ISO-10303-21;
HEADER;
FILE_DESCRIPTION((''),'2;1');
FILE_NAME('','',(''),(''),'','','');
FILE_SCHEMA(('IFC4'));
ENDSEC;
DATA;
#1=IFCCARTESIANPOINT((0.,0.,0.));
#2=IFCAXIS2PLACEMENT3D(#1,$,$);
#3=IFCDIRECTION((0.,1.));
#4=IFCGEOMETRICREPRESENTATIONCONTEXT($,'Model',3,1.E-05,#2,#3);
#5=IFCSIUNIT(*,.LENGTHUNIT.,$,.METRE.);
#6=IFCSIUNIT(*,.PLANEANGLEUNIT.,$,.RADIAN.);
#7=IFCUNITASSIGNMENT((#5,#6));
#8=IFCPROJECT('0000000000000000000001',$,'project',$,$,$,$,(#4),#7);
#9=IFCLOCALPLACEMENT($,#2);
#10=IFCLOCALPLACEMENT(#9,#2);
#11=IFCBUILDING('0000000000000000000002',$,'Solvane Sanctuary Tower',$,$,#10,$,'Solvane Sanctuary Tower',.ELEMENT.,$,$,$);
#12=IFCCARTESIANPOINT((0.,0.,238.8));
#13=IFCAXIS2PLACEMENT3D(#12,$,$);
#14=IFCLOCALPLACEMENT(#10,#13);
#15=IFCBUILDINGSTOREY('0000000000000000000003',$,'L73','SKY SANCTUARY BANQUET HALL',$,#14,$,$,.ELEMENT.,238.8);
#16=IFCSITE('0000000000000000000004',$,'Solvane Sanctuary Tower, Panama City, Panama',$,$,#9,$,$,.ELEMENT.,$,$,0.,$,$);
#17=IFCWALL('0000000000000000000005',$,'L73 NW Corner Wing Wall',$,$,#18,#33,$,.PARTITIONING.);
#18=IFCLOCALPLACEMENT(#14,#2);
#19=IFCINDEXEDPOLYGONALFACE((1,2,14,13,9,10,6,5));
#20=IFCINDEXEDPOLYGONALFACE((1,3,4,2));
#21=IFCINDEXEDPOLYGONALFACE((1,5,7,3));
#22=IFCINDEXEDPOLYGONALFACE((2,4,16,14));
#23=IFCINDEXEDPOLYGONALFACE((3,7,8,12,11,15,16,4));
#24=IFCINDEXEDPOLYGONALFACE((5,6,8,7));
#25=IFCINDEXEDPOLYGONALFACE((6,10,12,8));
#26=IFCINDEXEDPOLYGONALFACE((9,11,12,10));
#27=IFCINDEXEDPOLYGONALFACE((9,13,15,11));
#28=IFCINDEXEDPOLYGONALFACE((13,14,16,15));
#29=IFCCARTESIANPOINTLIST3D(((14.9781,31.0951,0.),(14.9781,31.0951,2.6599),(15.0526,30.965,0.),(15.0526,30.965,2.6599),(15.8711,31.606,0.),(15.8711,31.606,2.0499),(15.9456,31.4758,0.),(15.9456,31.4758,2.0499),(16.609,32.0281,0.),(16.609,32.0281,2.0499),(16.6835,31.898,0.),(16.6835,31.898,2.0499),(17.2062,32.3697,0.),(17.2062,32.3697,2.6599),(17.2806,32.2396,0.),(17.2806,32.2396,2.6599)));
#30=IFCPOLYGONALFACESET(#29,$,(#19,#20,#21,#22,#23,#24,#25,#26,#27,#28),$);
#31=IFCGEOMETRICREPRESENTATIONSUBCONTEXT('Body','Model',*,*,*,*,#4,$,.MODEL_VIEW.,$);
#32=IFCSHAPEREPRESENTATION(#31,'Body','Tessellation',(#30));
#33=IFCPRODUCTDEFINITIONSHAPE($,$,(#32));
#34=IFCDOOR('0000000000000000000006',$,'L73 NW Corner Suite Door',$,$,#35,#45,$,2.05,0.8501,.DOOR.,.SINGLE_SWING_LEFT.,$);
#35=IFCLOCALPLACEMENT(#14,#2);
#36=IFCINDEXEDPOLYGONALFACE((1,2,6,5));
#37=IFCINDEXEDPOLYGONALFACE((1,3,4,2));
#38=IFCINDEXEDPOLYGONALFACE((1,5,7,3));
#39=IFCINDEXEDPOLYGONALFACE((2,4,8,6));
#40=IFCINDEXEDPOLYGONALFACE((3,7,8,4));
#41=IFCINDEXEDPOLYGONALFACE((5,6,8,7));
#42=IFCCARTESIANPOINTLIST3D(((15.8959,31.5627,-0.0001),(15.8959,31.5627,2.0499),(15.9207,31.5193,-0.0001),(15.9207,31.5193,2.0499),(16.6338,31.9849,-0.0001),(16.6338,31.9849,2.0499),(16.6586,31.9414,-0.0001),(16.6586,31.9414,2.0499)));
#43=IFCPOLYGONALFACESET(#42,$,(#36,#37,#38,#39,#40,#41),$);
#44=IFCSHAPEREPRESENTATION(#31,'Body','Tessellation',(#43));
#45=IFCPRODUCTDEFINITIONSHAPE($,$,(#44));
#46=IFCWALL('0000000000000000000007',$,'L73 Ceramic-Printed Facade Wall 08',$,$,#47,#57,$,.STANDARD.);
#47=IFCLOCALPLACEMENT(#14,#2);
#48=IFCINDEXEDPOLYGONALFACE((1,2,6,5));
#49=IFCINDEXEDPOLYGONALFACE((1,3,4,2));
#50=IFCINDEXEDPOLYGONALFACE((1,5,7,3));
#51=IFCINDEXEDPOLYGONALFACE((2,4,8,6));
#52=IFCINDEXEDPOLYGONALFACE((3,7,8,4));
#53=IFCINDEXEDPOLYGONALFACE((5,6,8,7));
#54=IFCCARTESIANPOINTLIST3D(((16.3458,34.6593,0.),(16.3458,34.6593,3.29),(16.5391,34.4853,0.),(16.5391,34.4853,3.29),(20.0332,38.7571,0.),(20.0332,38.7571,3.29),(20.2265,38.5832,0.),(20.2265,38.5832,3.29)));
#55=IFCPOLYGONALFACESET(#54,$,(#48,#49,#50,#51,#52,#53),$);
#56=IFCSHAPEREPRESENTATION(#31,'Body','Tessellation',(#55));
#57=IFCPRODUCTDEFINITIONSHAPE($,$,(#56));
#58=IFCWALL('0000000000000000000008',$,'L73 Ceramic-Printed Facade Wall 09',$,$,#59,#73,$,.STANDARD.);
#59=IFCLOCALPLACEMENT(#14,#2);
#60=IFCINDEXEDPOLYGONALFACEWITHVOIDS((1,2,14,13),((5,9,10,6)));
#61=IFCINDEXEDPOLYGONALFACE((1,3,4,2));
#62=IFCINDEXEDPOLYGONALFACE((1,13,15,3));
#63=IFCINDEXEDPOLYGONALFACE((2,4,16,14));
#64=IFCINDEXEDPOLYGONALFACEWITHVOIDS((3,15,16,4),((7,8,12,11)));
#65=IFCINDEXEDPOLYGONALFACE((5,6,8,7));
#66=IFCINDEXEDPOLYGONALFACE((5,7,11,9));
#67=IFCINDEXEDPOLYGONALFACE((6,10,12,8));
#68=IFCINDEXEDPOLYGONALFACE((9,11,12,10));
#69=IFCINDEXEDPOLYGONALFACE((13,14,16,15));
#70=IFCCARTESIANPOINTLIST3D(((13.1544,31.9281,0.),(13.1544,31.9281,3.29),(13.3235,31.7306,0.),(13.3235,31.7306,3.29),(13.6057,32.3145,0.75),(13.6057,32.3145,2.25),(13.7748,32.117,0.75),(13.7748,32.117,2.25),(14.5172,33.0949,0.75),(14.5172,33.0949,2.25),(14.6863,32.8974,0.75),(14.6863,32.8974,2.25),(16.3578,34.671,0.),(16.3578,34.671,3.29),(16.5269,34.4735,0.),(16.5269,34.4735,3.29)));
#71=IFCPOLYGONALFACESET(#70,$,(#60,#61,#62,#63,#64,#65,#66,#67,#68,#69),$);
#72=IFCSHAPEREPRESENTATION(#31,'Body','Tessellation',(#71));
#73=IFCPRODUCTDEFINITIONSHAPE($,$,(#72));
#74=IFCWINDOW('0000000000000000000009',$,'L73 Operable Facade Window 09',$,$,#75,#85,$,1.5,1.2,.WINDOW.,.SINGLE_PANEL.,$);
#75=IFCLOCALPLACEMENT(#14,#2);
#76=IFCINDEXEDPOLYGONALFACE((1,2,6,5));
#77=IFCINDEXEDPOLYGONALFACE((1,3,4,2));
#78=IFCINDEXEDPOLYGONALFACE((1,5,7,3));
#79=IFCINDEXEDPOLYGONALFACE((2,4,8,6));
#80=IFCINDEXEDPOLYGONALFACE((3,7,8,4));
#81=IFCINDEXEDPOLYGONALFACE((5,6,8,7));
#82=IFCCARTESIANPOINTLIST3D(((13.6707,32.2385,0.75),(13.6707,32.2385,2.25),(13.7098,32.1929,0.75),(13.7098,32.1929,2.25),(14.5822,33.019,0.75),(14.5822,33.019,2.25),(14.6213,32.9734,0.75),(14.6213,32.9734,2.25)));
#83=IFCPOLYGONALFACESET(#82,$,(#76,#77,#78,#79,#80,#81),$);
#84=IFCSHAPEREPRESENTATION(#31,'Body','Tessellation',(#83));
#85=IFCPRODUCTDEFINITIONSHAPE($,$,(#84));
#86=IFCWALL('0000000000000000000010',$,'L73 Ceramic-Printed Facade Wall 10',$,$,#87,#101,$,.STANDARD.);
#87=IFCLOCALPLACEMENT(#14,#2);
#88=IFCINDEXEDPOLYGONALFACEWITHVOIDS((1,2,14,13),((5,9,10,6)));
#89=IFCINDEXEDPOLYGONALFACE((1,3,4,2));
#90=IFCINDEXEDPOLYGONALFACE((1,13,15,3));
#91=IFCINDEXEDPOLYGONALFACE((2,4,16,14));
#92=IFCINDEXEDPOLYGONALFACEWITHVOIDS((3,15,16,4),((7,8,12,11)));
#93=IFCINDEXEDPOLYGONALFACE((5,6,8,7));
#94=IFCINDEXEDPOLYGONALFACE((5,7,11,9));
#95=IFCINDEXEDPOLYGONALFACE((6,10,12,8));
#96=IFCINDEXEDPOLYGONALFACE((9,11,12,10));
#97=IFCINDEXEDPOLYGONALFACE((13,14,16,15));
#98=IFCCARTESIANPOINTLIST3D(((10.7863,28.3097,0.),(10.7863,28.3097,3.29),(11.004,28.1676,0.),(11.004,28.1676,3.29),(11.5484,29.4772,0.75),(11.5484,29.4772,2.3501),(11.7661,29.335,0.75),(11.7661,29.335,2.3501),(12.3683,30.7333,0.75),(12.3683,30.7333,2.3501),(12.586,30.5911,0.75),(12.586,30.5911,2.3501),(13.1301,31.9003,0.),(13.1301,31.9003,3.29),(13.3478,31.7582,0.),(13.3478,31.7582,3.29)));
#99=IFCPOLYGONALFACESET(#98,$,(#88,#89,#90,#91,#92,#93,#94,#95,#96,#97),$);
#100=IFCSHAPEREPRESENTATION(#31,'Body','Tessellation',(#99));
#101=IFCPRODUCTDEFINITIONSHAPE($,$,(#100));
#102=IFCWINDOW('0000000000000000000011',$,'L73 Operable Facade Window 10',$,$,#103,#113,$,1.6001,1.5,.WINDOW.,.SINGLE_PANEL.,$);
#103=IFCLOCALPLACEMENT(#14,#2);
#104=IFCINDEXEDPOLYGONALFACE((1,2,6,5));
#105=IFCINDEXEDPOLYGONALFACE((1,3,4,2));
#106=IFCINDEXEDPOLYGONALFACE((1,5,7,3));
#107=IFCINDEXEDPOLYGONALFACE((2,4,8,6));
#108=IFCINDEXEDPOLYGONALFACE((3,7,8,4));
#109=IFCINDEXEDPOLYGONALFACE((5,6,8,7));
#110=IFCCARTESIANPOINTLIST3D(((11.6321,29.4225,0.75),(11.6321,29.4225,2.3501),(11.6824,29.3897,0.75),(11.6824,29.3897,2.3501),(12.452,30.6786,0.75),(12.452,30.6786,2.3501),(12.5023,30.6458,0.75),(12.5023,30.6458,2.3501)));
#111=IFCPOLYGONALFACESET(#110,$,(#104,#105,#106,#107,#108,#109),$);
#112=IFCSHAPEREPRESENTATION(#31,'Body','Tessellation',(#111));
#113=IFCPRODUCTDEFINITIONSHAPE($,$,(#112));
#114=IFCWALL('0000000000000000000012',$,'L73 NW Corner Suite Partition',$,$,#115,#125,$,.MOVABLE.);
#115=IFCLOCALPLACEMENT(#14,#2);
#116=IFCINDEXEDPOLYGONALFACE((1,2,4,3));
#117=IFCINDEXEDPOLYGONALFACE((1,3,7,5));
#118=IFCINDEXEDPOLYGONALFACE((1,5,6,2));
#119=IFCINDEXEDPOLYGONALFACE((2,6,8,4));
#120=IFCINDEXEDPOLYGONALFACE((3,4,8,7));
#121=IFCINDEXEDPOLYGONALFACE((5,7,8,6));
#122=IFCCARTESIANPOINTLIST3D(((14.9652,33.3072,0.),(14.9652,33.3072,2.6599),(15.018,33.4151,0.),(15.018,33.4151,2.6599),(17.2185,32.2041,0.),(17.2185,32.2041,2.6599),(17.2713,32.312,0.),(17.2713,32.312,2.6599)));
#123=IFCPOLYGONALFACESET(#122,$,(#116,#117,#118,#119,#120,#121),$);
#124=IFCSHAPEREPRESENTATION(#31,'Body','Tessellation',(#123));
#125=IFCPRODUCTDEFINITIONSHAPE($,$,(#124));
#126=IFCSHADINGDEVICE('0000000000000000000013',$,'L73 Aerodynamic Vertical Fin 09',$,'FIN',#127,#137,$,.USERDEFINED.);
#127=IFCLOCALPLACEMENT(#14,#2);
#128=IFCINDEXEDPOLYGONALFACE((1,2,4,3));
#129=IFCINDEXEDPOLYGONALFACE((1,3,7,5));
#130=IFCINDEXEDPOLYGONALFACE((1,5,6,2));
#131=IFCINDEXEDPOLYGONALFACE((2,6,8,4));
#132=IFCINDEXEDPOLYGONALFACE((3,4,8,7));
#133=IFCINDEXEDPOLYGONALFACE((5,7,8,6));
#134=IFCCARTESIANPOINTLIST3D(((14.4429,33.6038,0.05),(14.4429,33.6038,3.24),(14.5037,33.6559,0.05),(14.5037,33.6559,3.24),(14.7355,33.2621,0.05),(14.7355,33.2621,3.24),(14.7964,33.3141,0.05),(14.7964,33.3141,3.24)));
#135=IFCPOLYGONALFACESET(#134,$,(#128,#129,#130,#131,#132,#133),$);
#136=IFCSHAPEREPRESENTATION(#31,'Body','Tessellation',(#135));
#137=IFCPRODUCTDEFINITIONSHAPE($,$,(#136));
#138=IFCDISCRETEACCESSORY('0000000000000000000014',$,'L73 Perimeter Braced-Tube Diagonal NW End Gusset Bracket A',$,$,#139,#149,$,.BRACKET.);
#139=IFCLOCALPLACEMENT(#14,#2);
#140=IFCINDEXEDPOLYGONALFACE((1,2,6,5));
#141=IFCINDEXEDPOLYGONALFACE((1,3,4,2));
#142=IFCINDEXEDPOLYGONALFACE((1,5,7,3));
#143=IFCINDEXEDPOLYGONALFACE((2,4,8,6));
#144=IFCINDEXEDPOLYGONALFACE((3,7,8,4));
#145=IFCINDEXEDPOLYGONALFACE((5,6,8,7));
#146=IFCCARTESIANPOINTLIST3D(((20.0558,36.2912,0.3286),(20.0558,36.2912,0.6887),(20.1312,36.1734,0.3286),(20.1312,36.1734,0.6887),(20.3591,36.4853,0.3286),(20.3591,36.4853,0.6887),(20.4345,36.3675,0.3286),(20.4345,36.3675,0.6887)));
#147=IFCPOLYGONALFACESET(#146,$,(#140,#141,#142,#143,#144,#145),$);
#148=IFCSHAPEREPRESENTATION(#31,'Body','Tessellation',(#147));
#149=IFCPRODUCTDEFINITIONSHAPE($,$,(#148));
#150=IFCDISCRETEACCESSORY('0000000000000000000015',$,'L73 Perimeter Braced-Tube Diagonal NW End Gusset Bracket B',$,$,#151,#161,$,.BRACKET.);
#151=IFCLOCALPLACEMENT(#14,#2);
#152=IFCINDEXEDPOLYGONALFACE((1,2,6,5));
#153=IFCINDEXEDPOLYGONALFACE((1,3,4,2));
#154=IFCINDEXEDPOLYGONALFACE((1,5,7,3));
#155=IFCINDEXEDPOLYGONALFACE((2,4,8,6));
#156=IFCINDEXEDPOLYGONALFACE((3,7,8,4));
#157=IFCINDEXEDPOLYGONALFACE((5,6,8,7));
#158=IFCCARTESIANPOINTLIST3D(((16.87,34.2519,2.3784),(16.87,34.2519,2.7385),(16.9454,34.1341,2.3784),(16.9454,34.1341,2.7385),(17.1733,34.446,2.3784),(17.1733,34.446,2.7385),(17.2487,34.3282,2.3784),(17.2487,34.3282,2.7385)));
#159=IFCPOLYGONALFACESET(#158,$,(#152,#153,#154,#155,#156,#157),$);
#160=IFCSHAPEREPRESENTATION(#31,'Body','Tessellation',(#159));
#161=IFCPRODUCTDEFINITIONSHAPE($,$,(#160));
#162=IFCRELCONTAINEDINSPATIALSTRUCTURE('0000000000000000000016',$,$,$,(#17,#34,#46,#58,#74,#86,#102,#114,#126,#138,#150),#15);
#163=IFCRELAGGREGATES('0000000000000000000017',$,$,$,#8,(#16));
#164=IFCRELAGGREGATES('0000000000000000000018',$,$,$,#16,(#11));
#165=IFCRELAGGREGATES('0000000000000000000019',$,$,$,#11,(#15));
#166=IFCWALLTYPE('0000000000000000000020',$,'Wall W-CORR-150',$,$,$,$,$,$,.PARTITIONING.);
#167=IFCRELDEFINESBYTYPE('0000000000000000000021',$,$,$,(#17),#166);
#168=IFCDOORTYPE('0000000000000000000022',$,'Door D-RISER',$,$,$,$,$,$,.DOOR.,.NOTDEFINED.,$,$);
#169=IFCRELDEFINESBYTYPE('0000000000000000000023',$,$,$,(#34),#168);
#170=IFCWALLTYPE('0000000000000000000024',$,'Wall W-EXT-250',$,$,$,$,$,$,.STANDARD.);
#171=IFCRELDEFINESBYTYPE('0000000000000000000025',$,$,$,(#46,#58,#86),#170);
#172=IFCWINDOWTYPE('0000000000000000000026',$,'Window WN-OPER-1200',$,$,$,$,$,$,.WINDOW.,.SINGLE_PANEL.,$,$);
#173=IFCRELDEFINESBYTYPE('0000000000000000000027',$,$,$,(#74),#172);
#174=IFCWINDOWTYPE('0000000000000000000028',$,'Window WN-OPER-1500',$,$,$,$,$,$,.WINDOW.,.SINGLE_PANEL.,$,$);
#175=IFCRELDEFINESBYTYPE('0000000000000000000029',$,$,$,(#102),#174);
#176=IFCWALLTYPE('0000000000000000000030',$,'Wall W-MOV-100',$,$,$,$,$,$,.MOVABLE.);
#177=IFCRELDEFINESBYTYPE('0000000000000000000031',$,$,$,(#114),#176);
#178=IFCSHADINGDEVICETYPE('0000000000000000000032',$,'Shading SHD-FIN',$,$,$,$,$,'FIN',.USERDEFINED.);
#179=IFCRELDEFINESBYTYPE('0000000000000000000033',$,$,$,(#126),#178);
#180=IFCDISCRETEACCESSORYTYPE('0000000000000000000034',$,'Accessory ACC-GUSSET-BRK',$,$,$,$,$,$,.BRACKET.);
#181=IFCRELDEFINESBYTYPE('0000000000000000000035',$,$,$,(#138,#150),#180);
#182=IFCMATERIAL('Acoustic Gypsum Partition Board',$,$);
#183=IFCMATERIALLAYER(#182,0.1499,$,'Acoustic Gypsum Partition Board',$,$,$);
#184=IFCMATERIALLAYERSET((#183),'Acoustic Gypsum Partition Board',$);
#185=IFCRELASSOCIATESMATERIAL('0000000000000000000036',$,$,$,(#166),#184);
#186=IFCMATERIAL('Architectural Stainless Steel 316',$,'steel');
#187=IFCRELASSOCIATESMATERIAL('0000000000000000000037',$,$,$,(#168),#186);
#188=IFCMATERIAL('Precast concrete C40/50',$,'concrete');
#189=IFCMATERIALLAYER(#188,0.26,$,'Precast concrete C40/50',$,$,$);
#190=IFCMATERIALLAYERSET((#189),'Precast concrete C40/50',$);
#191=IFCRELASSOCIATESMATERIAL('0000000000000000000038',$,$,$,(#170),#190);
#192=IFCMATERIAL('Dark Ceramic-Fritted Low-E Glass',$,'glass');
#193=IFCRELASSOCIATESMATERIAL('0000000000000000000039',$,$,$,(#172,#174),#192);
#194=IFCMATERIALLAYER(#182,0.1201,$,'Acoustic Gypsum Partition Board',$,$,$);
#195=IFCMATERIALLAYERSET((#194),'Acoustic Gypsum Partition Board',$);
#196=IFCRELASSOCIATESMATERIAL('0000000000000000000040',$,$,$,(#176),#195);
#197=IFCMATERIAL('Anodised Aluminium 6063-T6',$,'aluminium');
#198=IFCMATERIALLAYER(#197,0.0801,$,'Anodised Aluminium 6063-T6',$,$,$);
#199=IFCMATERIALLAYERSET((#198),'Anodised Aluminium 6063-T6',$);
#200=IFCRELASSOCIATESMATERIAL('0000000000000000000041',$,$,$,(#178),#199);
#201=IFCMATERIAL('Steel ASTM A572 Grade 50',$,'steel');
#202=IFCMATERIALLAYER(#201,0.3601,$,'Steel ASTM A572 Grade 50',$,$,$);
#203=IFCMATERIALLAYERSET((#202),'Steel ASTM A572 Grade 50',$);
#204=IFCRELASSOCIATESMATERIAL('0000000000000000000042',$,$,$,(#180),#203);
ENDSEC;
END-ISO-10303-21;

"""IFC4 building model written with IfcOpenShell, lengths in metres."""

from ifc_helpers import new_model, si_unit, direction, frame, frame_2d, origin, origin_2d, place, context, subcontext, project, spatial, rectangle, extrude, material, layer, layer_set, type_object, element, fill, save


model = new_model("IFC4")

# Units and contexts
model_context = context("Model", 3, precision=1e-05, world=origin(), true_north=direction((0.0, 1.0)))
body_context = subcontext(model_context, "Body", "Model", "MODEL_VIEW")
ifc_project = project(units=[si_unit("LENGTHUNIT", "METRE"), si_unit("PLANEANGLEUNIT", "RADIAN")], contexts=[model_context])

# Site, building, storey
site_placement = place(None, origin())
site = spatial("IfcSite", under=ifc_project, at=site_placement, Name="Solvane Sanctuary Tower, Panama City, Panama", CompositionType="ELEMENT", RefElevation=0.0)
building_placement = place(site_placement, origin())
building = spatial("IfcBuilding", under=site, at=building_placement, Name="Solvane Sanctuary Tower", LongName="Solvane Sanctuary Tower", CompositionType="ELEMENT")
storey_placement = place(building_placement, frame((0.0, 0.0, 238.8)))
storey = spatial("IfcBuildingStorey", under=building, at=storey_placement, Name="L73", Description="SKY SANCTUARY BANQUET HALL", CompositionType="ELEMENT", Elevation=238.8)

# Shared definitions
ifc_material_1 = material(Name="Anodised Aluminium 6063-T6", Category="aluminium")

# Shared definitions
ifc_material_2 = material(Name="Dark Ceramic-Fritted Low-E Glass", Category="glass")

# Wall, opening, door
ifc_material_3 = material(Name="Acoustic Gypsum Partition Board")
ifc_layer_1 = layer(ifc_material_3, 0.1499, Name="Acoustic Gypsum Partition Board")
ifc_layer_set_1 = layer_set([ifc_layer_1], Name="Acoustic Gypsum Partition Board")
wall_type_1 = type_object("IfcWallType", Name="Wall W-CORR-150", PredefinedType="PARTITIONING", material=ifc_layer_set_1)
wall_1_placement = place(storey_placement, frame((17.2434, 32.3047, 0.0), z_axis=(0.0, 0.0, 1.0), x_axis=(-0.867991, -0.496579, 0.0)))
wall_1 = element("IfcWall", 1, at=wall_1_placement, inside=storey, type_object=wall_type_1, Name="L73 NW Corner Wing Wall", PredefinedType="PARTITIONING", context=body_context, shape_type="SweptSolid", body=[
    extrude(rectangle(XDim=2.5669, YDim=0.1499, at=frame_2d((1.2834, 0.0))), origin(), (0.0, 0.0, 1.0), 2.6599),
])
opening_1_placement = place(wall_1_placement, frame((0.688, 0.0, 0.0)))
opening_1 = element("IfcOpeningElement", 2, at=opening_1_placement, cuts=wall_1, PredefinedType="OPENING", context=body_context, shape_type="SweptSolid", body=[
    extrude(rectangle(XDim=0.8501, YDim=2.05, at=frame_2d((0.425, 1.0249))), frame((0.0, 0.085, 0.0), z_axis=(0.0, -1.0, 0.0), x_axis=(1.0, 0.0, 0.0)), (0.0, 0.0, 1.0), 0.1699),
])
ifc_material_4 = material(Name="Architectural Stainless Steel 316", Category="steel")
door_type_1 = type_object("IfcDoorType", Name="Door D-RISER", OperationType="NOTDEFINED", PredefinedType="DOOR", material=ifc_material_4)
door_1_placement = place(opening_1_placement, origin())
door_1 = element("IfcDoor", 3, at=door_1_placement, inside=storey, type_object=door_type_1, Name="L73 NW Corner Suite Door", OperationType="SINGLE_SWING_LEFT", OverallHeight=2.05, OverallWidth=0.8501, PredefinedType="DOOR", context=body_context, shape_type="SweptSolid", body=[
    extrude(rectangle(XDim=0.8501, YDim=2.05, at=frame_2d((0.425, 1.0249))), frame((0.0, 0.0249, 0.0), z_axis=(0.0, -1.0, 0.0), x_axis=(1.0, 0.0, 0.0)), (0.0, 0.0, 1.0), 0.05),
])
fill(opening_1, door_1)

# Wall
ifc_material_5 = material(Name="Precast concrete C40/50", Category="concrete")
ifc_layer_2 = layer(ifc_material_5, 0.26, Name="Precast concrete C40/50")
ifc_layer_set_2 = layer_set([ifc_layer_2], Name="Precast concrete C40/50")
wall_type_2 = type_object("IfcWallType", Name="Wall W-EXT-250", PredefinedType="STANDARD", material=ifc_layer_set_2)
wall_2_placement = place(storey_placement, frame((20.1299, 38.6702, 0.0), z_axis=(0.0, 0.0, 1.0), x_axis=(-0.668904, -0.743349, 0.0)))
element("IfcWall", 4, at=wall_2_placement, inside=storey, type_object=wall_type_2, Name="L73 Ceramic-Printed Facade Wall 08", PredefinedType="STANDARD", context=body_context, shape_type="SweptSolid", body=[
    extrude(rectangle(XDim=5.5127, YDim=0.26, at=frame_2d((2.7563, 0.0))), origin(), (0.0, 0.0, 1.0), 3.29),
])

# Walls, openings, windows
wall_3_placement = place(storey_placement, frame((16.4424, 34.5723, 0.0), z_axis=(0.0, 0.0, 1.0), x_axis=(-0.759588, -0.650405, 0.0)))
wall_3 = element("IfcWall", 5, at=wall_3_placement, inside=storey, type_object=wall_type_2, Name="L73 Ceramic-Printed Facade Wall 09", PredefinedType="STANDARD", context=body_context, shape_type="SweptSolid", body=[
    extrude(rectangle(XDim=4.2173, YDim=0.26, at=frame_2d((2.1086, 0.0))), origin(), (0.0, 0.0, 1.0), 3.29),
])
opening_2_placement = place(wall_3_placement, frame((2.4231, 0.0, 0.75)))
opening_2 = element("IfcOpeningElement", 6, at=opening_2_placement, cuts=wall_3, PredefinedType="OPENING", context=body_context, shape_type="SweptSolid", body=[
    extrude(rectangle(XDim=1.2, YDim=1.5, at=frame_2d((0.6001, 0.75))), frame((0.0, 0.1399, 0.0), z_axis=(0.0, -1.0, 0.0), x_axis=(1.0, 0.0, 0.0)), (0.0, 0.0, 1.0), 0.28),
])
window_type_1 = type_object("IfcWindowType", Name="Window WN-OPER-1200", PartitioningType="SINGLE_PANEL", PredefinedType="WINDOW", material=ifc_material_2)
window_1_placement = place(opening_2_placement, origin())
window_1 = element("IfcWindow", 7, at=window_1_placement, inside=storey, type_object=window_type_1, Name="L73 Operable Facade Window 09", OverallHeight=1.5, OverallWidth=1.2, PartitioningType="SINGLE_PANEL", PredefinedType="WINDOW", context=body_context, shape_type="SweptSolid", body=[
    extrude(rectangle(XDim=1.2, YDim=1.5, at=frame_2d((0.6001, 0.75))), frame((0.0, 0.03, 0.0), z_axis=(0.0, -1.0, 0.0), x_axis=(1.0, 0.0, 0.0)), (0.0, 0.0, 1.0), 0.0601),
])
fill(opening_2, window_1)
wall_4_placement = place(storey_placement, frame((13.239, 31.8293, 0.0), z_axis=(0.0, 0.0, 1.0), x_axis=(-0.546606, -0.83739, 0.0)))
wall_4 = element("IfcWall", 8, at=wall_4_placement, inside=storey, type_object=wall_type_2, Name="L73 Ceramic-Printed Facade Wall 10", PredefinedType="STANDARD", context=body_context, shape_type="SweptSolid", body=[
    extrude(rectangle(XDim=4.2878, YDim=0.26, at=frame_2d((2.144, 0.0))), origin(), (0.0, 0.0, 1.0), 3.29),
])
opening_3_placement = place(wall_4_placement, frame((1.3938, 0.0, 0.75)))
opening_3 = element("IfcOpeningElement", 9, at=opening_3_placement, cuts=wall_4, PredefinedType="OPENING", context=body_context, shape_type="SweptSolid", body=[
    extrude(rectangle(XDim=1.5, YDim=1.6001, at=frame_2d((0.75, 0.8))), frame((0.0, 0.1399, 0.0), z_axis=(0.0, -1.0, 0.0), x_axis=(1.0, 0.0, 0.0)), (0.0, 0.0, 1.0), 0.28),
])
window_type_2 = type_object("IfcWindowType", Name="Window WN-OPER-1500", PartitioningType="SINGLE_PANEL", PredefinedType="WINDOW", material=ifc_material_2)
window_2_placement = place(opening_3_placement, origin())
window_2 = element("IfcWindow", 10, at=window_2_placement, inside=storey, type_object=window_type_2, Name="L73 Operable Facade Window 10", OverallHeight=1.6001, OverallWidth=1.5, PartitioningType="SINGLE_PANEL", PredefinedType="WINDOW", context=body_context, shape_type="SweptSolid", body=[
    extrude(rectangle(XDim=1.5, YDim=1.6001, at=frame_2d((0.75, 0.8))), frame((0.0, 0.03, 0.0), z_axis=(0.0, -1.0, 0.0), x_axis=(1.0, 0.0, 0.0)), (0.0, 0.0, 1.0), 0.0601),
])
fill(opening_3, window_2)

# Wall
ifc_layer_3 = layer(ifc_material_3, 0.1201, Name="Acoustic Gypsum Partition Board")
ifc_layer_set_3 = layer_set([ifc_layer_3], Name="Acoustic Gypsum Partition Board")
wall_type_3 = type_object("IfcWallType", Name="Wall W-MOV-100", PredefinedType="MOVABLE", material=ifc_layer_set_3)
wall_5_placement = place(storey_placement, frame((17.2449, 32.2581, 0.0), z_axis=(0.0, 0.0, 1.0), x_axis=(-0.898152, 0.439685, 0.0)))
element("IfcWall", 11, at=wall_5_placement, inside=storey, type_object=wall_type_3, Name="L73 NW Corner Suite Partition", PredefinedType="MOVABLE", context=body_context, shape_type="SweptSolid", body=[
    extrude(rectangle(XDim=2.5088, YDim=0.1201, at=frame_2d((1.2544, 0.0))), origin(), (0.0, 0.0, 1.0), 2.6599),
])

# Shading device
ifc_layer_4 = layer(ifc_material_1, 0.0801, Name="Anodised Aluminium 6063-T6")
ifc_layer_set_4 = layer_set([ifc_layer_4], Name="Anodised Aluminium 6063-T6")
shading_device_type = type_object("IfcShadingDeviceType", Name="Shading SHD-FIN", ElementType="FIN", PredefinedType="USERDEFINED", material=ifc_layer_set_4)
shading_device_placement = place(storey_placement, frame((14.6196, 33.459, 0.05), z_axis=(0.0, 0.0, 1.0), x_axis=(-0.759573, -0.650422, 0.0)))
element("IfcShadingDevice", 12, at=shading_device_placement, inside=storey, type_object=shading_device_type, Name="L73 Aerodynamic Vertical Fin 09", ObjectType="FIN", PredefinedType="USERDEFINED", context=body_context, shape_type="SweptSolid", body=[
    extrude(rectangle(XDim=0.0801, YDim=0.45, at=origin_2d()), origin(), (0.0, 0.0, 1.0), 3.1899),
])

# Discrete accessories
ifc_material_6 = material(Name="Steel ASTM A572 Grade 50", Category="steel")
ifc_layer_5 = layer(ifc_material_6, 0.3601, Name="Steel ASTM A572 Grade 50")
ifc_layer_set_5 = layer_set([ifc_layer_5], Name="Steel ASTM A572 Grade 50")
discrete_accessory_type_1 = type_object("IfcDiscreteAccessoryType", Name="Accessory ACC-GUSSET-BRK", PredefinedType="BRACKET", material=ifc_layer_set_5)
for number, where, z_axis, x_axis, name in (
    (13, (20.2451, 36.3293, 0.3286), (0.0, 0.0, 1.0), (-0.842264, -0.539065, 0.0), "L73 Perimeter Braced-Tube Diagonal NW End Gusset Bracket A"),
    (14, (17.0593, 34.29, 2.3784), (0.0, 0.0, 1.0), (-0.842264, -0.539065, 0.0), "L73 Perimeter Braced-Tube Diagonal NW End Gusset Bracket B"),
):
    element("IfcDiscreteAccessory", number, at=place(storey_placement, frame(where, z_axis=z_axis, x_axis=x_axis)), inside=storey, type_object=discrete_accessory_type_1, Name=name, PredefinedType="BRACKET", context=body_context, shape_type="SweptSolid", body=[
        extrude(rectangle(XDim=0.3601, YDim=0.1399, at=origin_2d()), origin(), (0.0, 0.0, 1.0), 0.3601),
    ])

save(model, "model.ifc")
